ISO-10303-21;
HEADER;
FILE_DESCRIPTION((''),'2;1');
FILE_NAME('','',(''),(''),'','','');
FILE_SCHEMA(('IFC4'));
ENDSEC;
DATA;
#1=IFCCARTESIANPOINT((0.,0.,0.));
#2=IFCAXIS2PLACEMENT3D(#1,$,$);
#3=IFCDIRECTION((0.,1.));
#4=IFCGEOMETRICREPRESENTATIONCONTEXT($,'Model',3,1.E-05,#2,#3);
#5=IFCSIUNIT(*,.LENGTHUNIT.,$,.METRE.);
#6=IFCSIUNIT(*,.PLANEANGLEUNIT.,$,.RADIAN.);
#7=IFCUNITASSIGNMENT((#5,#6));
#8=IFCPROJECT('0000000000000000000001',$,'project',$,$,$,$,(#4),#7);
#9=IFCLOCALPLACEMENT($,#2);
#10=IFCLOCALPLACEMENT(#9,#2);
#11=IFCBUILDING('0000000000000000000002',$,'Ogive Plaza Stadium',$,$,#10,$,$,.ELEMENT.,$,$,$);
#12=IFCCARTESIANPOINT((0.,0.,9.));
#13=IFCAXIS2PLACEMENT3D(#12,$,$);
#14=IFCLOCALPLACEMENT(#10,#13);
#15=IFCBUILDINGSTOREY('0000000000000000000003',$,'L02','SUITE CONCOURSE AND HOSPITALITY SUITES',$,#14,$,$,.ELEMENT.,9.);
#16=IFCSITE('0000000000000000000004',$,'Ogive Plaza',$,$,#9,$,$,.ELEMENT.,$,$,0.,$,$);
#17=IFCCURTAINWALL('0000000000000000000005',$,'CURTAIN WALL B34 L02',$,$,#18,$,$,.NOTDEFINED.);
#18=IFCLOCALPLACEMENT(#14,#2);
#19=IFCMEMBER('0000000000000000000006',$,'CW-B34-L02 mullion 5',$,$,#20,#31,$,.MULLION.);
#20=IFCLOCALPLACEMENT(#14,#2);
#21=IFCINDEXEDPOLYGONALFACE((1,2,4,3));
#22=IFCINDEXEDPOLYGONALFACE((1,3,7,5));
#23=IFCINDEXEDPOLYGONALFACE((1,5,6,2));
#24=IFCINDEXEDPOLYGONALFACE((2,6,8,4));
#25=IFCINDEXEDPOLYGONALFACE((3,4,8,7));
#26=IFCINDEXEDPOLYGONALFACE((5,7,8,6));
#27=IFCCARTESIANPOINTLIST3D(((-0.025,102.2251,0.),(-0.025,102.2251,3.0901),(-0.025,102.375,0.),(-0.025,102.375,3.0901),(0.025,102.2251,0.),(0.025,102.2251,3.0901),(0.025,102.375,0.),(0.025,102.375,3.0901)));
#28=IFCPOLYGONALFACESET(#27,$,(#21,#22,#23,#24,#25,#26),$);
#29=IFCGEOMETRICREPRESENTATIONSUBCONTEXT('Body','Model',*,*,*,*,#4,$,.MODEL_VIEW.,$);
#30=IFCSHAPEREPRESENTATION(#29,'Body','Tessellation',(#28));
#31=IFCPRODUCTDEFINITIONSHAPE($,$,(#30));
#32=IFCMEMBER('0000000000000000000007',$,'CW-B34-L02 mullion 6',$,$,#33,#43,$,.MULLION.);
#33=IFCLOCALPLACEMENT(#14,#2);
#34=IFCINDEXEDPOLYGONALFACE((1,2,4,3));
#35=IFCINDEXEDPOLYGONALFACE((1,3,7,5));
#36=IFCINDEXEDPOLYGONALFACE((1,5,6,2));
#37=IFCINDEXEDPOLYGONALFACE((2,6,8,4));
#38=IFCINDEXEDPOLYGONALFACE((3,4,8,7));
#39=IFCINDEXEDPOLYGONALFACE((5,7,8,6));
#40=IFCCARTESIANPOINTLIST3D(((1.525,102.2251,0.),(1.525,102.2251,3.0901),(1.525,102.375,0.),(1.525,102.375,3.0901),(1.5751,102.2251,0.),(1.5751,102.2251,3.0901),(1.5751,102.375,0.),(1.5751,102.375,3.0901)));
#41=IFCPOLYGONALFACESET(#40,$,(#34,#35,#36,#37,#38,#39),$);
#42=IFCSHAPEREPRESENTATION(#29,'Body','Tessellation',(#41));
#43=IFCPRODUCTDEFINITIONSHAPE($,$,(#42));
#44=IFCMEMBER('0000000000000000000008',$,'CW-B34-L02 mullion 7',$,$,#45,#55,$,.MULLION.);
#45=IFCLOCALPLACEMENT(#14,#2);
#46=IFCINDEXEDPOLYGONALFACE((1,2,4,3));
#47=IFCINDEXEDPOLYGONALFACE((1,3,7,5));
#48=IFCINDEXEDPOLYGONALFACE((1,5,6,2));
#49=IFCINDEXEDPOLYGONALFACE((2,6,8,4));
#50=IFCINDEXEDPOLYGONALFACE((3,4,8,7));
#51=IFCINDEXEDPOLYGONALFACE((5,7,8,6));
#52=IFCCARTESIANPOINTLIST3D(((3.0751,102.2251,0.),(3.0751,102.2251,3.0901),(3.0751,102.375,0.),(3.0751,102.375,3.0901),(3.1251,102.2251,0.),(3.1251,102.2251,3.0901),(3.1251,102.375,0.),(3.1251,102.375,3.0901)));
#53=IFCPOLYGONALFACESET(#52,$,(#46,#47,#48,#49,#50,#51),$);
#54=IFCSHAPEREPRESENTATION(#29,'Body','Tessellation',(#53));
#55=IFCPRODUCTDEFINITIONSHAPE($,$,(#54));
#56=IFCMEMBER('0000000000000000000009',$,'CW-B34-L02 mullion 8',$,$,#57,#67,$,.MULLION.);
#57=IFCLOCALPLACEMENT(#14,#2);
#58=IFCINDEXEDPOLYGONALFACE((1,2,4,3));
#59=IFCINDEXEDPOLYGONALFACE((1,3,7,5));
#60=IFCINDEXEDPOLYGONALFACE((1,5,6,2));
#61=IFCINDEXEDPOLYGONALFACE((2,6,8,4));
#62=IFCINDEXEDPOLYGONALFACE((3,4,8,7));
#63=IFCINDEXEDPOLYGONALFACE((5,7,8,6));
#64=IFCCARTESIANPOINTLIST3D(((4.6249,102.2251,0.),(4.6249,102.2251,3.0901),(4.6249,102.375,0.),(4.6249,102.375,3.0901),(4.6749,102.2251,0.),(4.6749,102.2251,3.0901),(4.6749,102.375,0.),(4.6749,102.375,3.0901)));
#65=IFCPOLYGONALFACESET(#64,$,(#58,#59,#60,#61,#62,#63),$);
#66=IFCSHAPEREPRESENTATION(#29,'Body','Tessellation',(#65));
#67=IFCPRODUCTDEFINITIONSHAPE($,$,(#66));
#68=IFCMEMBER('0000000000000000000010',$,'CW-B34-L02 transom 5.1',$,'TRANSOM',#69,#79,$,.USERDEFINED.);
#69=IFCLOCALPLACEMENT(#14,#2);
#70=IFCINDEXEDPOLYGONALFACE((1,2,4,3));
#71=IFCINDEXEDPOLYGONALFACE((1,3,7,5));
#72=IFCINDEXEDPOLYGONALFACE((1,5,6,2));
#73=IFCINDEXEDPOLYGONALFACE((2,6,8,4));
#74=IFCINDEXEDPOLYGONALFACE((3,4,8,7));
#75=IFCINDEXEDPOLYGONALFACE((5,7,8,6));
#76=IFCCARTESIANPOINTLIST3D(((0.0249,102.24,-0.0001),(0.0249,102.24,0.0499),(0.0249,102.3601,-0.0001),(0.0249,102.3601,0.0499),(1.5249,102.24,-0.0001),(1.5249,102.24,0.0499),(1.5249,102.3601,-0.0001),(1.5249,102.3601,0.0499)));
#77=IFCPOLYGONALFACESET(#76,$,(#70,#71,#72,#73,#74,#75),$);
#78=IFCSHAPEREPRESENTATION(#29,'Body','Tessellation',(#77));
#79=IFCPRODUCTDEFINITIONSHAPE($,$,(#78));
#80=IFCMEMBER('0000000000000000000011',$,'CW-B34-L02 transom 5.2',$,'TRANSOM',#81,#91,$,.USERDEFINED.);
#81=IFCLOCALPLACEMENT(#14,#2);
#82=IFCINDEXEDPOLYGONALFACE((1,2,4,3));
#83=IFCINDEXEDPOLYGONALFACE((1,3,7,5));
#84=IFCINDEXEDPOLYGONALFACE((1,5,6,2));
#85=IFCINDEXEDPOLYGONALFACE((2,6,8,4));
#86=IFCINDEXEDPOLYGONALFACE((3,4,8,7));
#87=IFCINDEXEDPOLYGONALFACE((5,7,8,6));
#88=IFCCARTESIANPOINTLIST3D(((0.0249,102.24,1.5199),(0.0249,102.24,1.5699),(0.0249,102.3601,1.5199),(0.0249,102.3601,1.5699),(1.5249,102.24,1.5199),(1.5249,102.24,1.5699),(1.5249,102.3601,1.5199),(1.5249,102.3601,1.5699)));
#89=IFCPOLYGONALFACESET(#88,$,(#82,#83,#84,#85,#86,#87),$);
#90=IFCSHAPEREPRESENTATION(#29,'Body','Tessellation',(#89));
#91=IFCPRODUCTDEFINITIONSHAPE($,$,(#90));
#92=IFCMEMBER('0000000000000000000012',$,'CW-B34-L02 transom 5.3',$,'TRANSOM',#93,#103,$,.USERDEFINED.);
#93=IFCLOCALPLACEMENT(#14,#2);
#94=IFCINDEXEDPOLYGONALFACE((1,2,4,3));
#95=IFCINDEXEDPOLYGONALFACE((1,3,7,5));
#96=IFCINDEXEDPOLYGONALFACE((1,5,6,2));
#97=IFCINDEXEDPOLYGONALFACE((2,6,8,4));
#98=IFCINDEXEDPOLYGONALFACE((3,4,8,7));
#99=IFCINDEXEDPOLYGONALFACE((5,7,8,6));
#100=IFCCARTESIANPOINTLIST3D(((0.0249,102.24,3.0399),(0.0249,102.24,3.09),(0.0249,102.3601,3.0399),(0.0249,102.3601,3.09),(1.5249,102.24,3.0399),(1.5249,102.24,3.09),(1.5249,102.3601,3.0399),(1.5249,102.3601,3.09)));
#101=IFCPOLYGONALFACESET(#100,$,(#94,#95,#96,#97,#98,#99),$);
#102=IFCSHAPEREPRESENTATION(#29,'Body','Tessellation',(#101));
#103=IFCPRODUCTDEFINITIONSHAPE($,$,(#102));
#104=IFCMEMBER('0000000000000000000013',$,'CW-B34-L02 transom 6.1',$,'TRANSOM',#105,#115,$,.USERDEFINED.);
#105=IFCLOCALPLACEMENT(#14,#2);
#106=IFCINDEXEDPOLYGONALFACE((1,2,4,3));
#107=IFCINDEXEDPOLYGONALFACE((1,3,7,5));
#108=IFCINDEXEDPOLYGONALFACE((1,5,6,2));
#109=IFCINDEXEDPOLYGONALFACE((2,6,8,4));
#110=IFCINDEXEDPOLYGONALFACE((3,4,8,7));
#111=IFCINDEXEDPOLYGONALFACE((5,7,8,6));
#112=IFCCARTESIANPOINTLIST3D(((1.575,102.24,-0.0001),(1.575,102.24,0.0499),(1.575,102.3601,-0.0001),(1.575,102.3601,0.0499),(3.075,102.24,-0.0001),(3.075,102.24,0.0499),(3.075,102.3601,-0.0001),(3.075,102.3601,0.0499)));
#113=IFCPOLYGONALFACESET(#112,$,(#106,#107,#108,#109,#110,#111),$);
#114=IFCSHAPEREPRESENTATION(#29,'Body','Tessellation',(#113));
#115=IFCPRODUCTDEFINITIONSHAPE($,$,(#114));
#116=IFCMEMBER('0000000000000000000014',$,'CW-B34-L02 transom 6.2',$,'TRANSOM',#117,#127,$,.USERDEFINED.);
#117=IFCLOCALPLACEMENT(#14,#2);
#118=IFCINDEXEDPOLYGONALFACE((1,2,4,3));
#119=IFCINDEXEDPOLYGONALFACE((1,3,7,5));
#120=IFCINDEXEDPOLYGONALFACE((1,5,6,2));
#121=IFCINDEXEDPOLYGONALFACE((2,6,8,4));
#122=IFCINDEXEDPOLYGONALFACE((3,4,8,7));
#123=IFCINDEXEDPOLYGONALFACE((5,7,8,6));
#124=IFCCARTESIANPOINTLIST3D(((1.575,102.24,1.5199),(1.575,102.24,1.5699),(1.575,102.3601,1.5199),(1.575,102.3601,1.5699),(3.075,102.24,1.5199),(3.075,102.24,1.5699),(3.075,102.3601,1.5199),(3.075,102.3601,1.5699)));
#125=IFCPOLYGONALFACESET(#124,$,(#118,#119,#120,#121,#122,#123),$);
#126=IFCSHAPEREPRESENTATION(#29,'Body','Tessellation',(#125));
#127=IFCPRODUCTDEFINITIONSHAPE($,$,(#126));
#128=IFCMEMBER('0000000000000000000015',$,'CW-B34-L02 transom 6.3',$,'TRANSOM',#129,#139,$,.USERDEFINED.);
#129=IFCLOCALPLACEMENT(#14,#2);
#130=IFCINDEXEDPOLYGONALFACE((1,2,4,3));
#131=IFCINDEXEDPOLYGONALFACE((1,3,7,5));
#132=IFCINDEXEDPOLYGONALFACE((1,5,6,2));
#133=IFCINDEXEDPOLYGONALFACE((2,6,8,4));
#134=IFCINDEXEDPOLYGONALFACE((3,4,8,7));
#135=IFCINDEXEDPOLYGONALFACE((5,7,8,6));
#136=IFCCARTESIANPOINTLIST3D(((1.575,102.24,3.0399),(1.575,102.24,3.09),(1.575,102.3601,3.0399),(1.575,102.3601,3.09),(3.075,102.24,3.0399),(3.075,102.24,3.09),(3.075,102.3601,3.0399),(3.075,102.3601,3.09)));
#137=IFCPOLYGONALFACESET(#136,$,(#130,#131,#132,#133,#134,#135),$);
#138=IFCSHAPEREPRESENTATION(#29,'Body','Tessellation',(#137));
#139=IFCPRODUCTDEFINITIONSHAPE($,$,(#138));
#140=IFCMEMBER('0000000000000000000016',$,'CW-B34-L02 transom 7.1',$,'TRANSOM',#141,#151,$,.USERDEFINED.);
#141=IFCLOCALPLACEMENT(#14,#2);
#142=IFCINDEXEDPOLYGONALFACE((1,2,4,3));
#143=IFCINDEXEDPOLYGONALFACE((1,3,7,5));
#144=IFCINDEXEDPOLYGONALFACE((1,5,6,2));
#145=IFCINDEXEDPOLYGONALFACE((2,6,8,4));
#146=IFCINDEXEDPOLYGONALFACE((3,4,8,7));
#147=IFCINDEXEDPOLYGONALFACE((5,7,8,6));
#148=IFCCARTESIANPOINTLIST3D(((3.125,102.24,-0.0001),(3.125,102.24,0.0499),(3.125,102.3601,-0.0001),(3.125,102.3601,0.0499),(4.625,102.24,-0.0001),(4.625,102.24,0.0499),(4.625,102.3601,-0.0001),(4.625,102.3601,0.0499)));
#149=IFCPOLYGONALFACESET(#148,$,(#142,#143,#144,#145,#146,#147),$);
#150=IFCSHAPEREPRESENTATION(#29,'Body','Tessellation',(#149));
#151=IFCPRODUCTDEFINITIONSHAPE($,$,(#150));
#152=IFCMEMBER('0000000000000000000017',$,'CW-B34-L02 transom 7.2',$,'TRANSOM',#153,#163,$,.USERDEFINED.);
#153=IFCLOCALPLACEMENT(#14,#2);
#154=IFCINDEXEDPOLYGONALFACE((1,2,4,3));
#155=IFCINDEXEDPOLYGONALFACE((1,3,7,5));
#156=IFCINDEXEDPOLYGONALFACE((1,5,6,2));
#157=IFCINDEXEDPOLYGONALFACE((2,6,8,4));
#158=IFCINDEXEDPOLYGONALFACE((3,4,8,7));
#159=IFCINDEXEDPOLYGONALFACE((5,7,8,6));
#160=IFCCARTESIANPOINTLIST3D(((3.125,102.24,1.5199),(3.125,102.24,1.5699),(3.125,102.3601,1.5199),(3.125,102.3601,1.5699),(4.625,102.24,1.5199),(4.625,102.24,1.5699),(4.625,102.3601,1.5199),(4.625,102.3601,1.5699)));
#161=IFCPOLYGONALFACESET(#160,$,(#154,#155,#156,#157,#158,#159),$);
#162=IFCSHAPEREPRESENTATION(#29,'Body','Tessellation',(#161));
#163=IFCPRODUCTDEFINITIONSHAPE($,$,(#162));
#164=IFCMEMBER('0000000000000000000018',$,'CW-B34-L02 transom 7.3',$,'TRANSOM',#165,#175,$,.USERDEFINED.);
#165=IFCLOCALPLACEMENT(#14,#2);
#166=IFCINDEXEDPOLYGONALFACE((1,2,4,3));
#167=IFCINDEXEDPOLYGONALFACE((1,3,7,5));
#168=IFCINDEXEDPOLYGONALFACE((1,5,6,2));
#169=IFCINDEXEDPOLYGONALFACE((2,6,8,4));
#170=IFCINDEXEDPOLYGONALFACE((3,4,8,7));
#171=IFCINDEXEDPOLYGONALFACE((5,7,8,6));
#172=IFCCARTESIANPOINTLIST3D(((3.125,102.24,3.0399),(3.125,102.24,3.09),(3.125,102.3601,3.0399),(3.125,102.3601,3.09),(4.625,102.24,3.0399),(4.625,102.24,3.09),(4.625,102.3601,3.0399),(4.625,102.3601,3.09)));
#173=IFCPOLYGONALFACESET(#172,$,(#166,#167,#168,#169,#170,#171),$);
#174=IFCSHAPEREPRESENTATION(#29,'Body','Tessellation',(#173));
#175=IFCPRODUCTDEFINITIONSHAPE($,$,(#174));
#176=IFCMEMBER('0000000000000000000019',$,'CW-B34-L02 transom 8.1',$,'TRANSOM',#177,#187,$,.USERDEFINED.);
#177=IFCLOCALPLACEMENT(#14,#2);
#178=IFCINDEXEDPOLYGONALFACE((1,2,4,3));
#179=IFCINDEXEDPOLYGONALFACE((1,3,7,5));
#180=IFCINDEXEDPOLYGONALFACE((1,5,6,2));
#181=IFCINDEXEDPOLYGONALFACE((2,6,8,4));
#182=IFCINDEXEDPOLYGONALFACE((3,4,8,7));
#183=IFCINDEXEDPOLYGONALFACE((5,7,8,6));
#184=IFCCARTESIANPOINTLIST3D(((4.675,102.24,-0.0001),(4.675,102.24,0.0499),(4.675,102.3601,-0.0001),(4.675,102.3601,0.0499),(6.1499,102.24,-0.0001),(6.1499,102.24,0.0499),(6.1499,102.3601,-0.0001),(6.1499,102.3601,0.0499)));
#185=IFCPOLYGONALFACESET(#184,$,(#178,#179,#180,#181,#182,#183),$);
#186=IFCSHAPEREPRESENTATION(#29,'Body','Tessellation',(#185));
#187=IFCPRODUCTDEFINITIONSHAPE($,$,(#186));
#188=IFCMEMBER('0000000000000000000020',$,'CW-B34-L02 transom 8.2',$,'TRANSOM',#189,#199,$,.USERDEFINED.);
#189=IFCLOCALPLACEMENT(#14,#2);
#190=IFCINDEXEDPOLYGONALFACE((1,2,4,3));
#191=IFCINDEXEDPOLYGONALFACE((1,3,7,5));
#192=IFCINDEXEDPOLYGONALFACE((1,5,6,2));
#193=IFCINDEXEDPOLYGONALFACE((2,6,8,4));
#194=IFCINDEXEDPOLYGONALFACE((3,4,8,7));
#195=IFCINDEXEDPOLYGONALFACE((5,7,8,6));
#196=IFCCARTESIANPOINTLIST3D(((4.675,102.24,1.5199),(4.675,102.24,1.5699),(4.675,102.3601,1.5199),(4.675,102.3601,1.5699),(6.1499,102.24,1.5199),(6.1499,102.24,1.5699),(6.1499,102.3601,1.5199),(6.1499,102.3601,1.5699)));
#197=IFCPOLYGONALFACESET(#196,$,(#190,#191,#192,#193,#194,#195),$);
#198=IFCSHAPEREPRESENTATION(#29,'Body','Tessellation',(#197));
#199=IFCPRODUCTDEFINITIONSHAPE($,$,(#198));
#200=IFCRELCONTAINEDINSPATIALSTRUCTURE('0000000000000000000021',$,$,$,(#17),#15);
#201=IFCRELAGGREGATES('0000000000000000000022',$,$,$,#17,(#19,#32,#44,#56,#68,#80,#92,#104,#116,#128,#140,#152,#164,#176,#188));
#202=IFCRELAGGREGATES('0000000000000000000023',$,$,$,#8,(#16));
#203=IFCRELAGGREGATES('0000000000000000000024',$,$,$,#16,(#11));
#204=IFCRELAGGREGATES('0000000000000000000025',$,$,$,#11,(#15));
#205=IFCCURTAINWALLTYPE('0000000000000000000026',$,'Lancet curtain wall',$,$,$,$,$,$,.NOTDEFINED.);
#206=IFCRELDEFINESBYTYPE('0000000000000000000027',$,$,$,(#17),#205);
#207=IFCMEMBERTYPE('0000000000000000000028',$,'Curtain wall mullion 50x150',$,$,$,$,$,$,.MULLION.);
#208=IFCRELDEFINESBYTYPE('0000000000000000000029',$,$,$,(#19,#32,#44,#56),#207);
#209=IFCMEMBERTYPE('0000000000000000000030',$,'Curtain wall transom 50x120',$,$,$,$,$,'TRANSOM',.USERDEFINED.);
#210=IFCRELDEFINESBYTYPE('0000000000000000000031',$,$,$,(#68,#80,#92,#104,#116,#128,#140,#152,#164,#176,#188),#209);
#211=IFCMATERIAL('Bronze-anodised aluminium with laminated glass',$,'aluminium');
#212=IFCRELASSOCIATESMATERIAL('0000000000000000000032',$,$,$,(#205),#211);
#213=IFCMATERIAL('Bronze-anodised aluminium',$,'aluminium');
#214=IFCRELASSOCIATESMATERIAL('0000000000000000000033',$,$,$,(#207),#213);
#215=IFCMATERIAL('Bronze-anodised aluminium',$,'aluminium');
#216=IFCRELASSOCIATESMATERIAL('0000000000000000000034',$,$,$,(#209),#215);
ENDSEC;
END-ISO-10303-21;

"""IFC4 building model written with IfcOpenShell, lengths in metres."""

from ifc_helpers import new_model, si_unit, direction, frame, origin, origin_2d, place, context, subcontext, project, spatial, rectangle, extrude, material, material_profile, profile_set, type_object, element, aggregate, save


model = new_model("IFC4")

# Units and contexts
model_context = context("Model", 3, precision=1e-05, world=origin(), true_north=direction((0.0, 1.0)))
body_context = subcontext(model_context, "Body", "Model", "MODEL_VIEW")
ifc_project = project(units=[si_unit("LENGTHUNIT", "METRE"), si_unit("PLANEANGLEUNIT", "RADIAN")], contexts=[model_context])

# Site, building, storey
site_placement = place(None, origin())
site = spatial("IfcSite", under=ifc_project, at=site_placement, Name="Ogive Plaza", CompositionType="ELEMENT", RefElevation=0.0)
building_placement = place(site_placement, origin())
building = spatial("IfcBuilding", under=site, at=building_placement, Name="Ogive Plaza Stadium", CompositionType="ELEMENT")
storey_placement = place(building_placement, frame((0.0, 0.0, 9.0)))
storey = spatial("IfcBuildingStorey", under=building, at=storey_placement, Name="L02", Description="SUITE CONCOURSE AND HOSPITALITY SUITES", CompositionType="ELEMENT", Elevation=9.0)

# Curtain wall, members
ifc_material_1 = material(Name="Bronze-anodised aluminium with laminated glass", Category="aluminium")
curtain_wall_type = type_object("IfcCurtainWallType", Name="Lancet curtain wall", PredefinedType="NOTDEFINED", material=ifc_material_1)
curtain_wall_placement = place(storey_placement, origin())
curtain_wall = element("IfcCurtainWall", 1, at=curtain_wall_placement, inside=storey, type_object=curtain_wall_type, Name="CURTAIN WALL B34 L02", PredefinedType="NOTDEFINED")
ifc_material_2 = material(Name="Bronze-anodised aluminium", Category="aluminium")
ifc_material_profile_1 = material_profile(ifc_material_2, rectangle(XDim=0.1499, YDim=0.05, at=origin_2d()), Name="AL 150x50")
ifc_profile_set_1 = profile_set([ifc_material_profile_1], Name="Bronze-anodised aluminium")
member_type_1 = type_object("IfcMemberType", Name="Curtain wall mullion 50x150", PredefinedType="MULLION", material=ifc_profile_set_1)
member_1_placement = place(storey_placement, frame((0.0, 102.3, 0.0), z_axis=(0.0, 0.0, 1.0), x_axis=(0.0, 1.0, 0.0)))
member_1 = element("IfcMember", 2, at=member_1_placement, type_object=member_type_1, Name="CW-B34-L02 mullion 5", PredefinedType="MULLION", context=body_context, shape_type="SweptSolid", body=[
    extrude(rectangle(XDim=0.1499, YDim=0.05, at=origin_2d()), origin(), (0.0, 0.0, 1.0), 3.0901),
])
member_2_placement = place(storey_placement, frame((1.55, 102.3, 0.0), z_axis=(0.0, 0.0, 1.0), x_axis=(0.0, 1.0, 0.0)))
member_2 = element("IfcMember", 3, at=member_2_placement, type_object=member_type_1, Name="CW-B34-L02 mullion 6", PredefinedType="MULLION", context=body_context, shape_type="SweptSolid", body=[
    extrude(rectangle(XDim=0.1499, YDim=0.05, at=origin_2d()), origin(), (0.0, 0.0, 1.0), 3.0901),
])
member_3_placement = place(storey_placement, frame((3.1001, 102.3, 0.0), z_axis=(0.0, 0.0, 1.0), x_axis=(0.0, 1.0, 0.0)))
member_3 = element("IfcMember", 4, at=member_3_placement, type_object=member_type_1, Name="CW-B34-L02 mullion 7", PredefinedType="MULLION", context=body_context, shape_type="SweptSolid", body=[
    extrude(rectangle(XDim=0.1499, YDim=0.05, at=origin_2d()), origin(), (0.0, 0.0, 1.0), 3.0901),
])
member_4_placement = place(storey_placement, frame((4.6499, 102.3, 0.0), z_axis=(0.0, 0.0, 1.0), x_axis=(0.0, 1.0, 0.0)))
member_4 = element("IfcMember", 5, at=member_4_placement, type_object=member_type_1, Name="CW-B34-L02 mullion 8", PredefinedType="MULLION", context=body_context, shape_type="SweptSolid", body=[
    extrude(rectangle(XDim=0.1499, YDim=0.05, at=origin_2d()), origin(), (0.0, 0.0, 1.0), 3.0901),
])
ifc_material_3 = material(Name="Bronze-anodised aluminium", Category="aluminium")
ifc_material_profile_2 = material_profile(ifc_material_3, rectangle(XDim=0.1201, YDim=0.05, at=origin_2d()), Name="AL 120x50")
ifc_profile_set_2 = profile_set([ifc_material_profile_2], Name="Bronze-anodised aluminium")
member_type_2 = type_object("IfcMemberType", Name="Curtain wall transom 50x120", ElementType="TRANSOM", PredefinedType="USERDEFINED", material=ifc_profile_set_2)
member_5_placement = place(storey_placement, frame((0.0249, 102.3, 0.0249), z_axis=(1.0, 0.0, 0.0), x_axis=(0.0, 1.0, 0.0)))
member_5 = element("IfcMember", 6, at=member_5_placement, type_object=member_type_2, Name="CW-B34-L02 transom 5.1", ObjectType="TRANSOM", PredefinedType="USERDEFINED", context=body_context, shape_type="SweptSolid", body=[
    extrude(rectangle(XDim=0.1201, YDim=0.05, at=origin_2d()), origin(), (0.0, 0.0, 1.0), 1.5),
])
member_6_placement = place(storey_placement, frame((0.0249, 102.3, 1.5449), z_axis=(1.0, 0.0, 0.0), x_axis=(0.0, 1.0, 0.0)))
member_6 = element("IfcMember", 7, at=member_6_placement, type_object=member_type_2, Name="CW-B34-L02 transom 5.2", ObjectType="TRANSOM", PredefinedType="USERDEFINED", context=body_context, shape_type="SweptSolid", body=[
    extrude(rectangle(XDim=0.1201, YDim=0.05, at=origin_2d()), origin(), (0.0, 0.0, 1.0), 1.5),
])
member_7_placement = place(storey_placement, frame((0.0249, 102.3, 3.0649), z_axis=(1.0, 0.0, 0.0), x_axis=(0.0, 1.0, 0.0)))
member_7 = element("IfcMember", 8, at=member_7_placement, type_object=member_type_2, Name="CW-B34-L02 transom 5.3", ObjectType="TRANSOM", PredefinedType="USERDEFINED", context=body_context, shape_type="SweptSolid", body=[
    extrude(rectangle(XDim=0.1201, YDim=0.05, at=origin_2d()), origin(), (0.0, 0.0, 1.0), 1.5),
])
member_8_placement = place(storey_placement, frame((1.575, 102.3, 0.0249), z_axis=(1.0, 0.0, 0.0), x_axis=(0.0, 1.0, 0.0)))
member_8 = element("IfcMember", 9, at=member_8_placement, type_object=member_type_2, Name="CW-B34-L02 transom 6.1", ObjectType="TRANSOM", PredefinedType="USERDEFINED", context=body_context, shape_type="SweptSolid", body=[
    extrude(rectangle(XDim=0.1201, YDim=0.05, at=origin_2d()), origin(), (0.0, 0.0, 1.0), 1.5),
])
member_9_placement = place(storey_placement, frame((1.575, 102.3, 1.5449), z_axis=(1.0, 0.0, 0.0), x_axis=(0.0, 1.0, 0.0)))
member_9 = element("IfcMember", 10, at=member_9_placement, type_object=member_type_2, Name="CW-B34-L02 transom 6.2", ObjectType="TRANSOM", PredefinedType="USERDEFINED", context=body_context, shape_type="SweptSolid", body=[
    extrude(rectangle(XDim=0.1201, YDim=0.05, at=origin_2d()), origin(), (0.0, 0.0, 1.0), 1.5),
])
member_10_placement = place(storey_placement, frame((1.575, 102.3, 3.0649), z_axis=(1.0, 0.0, 0.0), x_axis=(0.0, 1.0, 0.0)))
member_10 = element("IfcMember", 11, at=member_10_placement, type_object=member_type_2, Name="CW-B34-L02 transom 6.3", ObjectType="TRANSOM", PredefinedType="USERDEFINED", context=body_context, shape_type="SweptSolid", body=[
    extrude(rectangle(XDim=0.1201, YDim=0.05, at=origin_2d()), origin(), (0.0, 0.0, 1.0), 1.5),
])
member_11_placement = place(storey_placement, frame((3.125, 102.3, 0.0249), z_axis=(1.0, 0.0, 0.0), x_axis=(0.0, 1.0, 0.0)))
member_11 = element("IfcMember", 12, at=member_11_placement, type_object=member_type_2, Name="CW-B34-L02 transom 7.1", ObjectType="TRANSOM", PredefinedType="USERDEFINED", context=body_context, shape_type="SweptSolid", body=[
    extrude(rectangle(XDim=0.1201, YDim=0.05, at=origin_2d()), origin(), (0.0, 0.0, 1.0), 1.5),
])
member_12_placement = place(storey_placement, frame((3.125, 102.3, 1.5449), z_axis=(1.0, 0.0, 0.0), x_axis=(0.0, 1.0, 0.0)))
member_12 = element("IfcMember", 13, at=member_12_placement, type_object=member_type_2, Name="CW-B34-L02 transom 7.2", ObjectType="TRANSOM", PredefinedType="USERDEFINED", context=body_context, shape_type="SweptSolid", body=[
    extrude(rectangle(XDim=0.1201, YDim=0.05, at=origin_2d()), origin(), (0.0, 0.0, 1.0), 1.5),
])
member_13_placement = place(storey_placement, frame((3.125, 102.3, 3.0649), z_axis=(1.0, 0.0, 0.0), x_axis=(0.0, 1.0, 0.0)))
member_13 = element("IfcMember", 14, at=member_13_placement, type_object=member_type_2, Name="CW-B34-L02 transom 7.3", ObjectType="TRANSOM", PredefinedType="USERDEFINED", context=body_context, shape_type="SweptSolid", body=[
    extrude(rectangle(XDim=0.1201, YDim=0.05, at=origin_2d()), origin(), (0.0, 0.0, 1.0), 1.5),
])
member_14_placement = place(storey_placement, frame((4.675, 102.3, 0.0249), z_axis=(1.0, 0.0, 0.0), x_axis=(0.0, 1.0, 0.0)))
member_14 = element("IfcMember", 15, at=member_14_placement, type_object=member_type_2, Name="CW-B34-L02 transom 8.1", ObjectType="TRANSOM", PredefinedType="USERDEFINED", context=body_context, shape_type="SweptSolid", body=[
    extrude(rectangle(XDim=0.1201, YDim=0.05, at=origin_2d()), origin(), (0.0, 0.0, 1.0), 1.4749),
])
member_15_placement = place(storey_placement, frame((4.675, 102.3, 1.5449), z_axis=(1.0, 0.0, 0.0), x_axis=(0.0, 1.0, 0.0)))
member_15 = element("IfcMember", 16, at=member_15_placement, type_object=member_type_2, Name="CW-B34-L02 transom 8.2", ObjectType="TRANSOM", PredefinedType="USERDEFINED", context=body_context, shape_type="SweptSolid", body=[
    extrude(rectangle(XDim=0.1201, YDim=0.05, at=origin_2d()), origin(), (0.0, 0.0, 1.0), 1.4749),
])
aggregate(curtain_wall, [member_1, member_2, member_3, member_4, member_5, member_6, member_7, member_8, member_9, member_10, member_11, member_12, member_13, member_14, member_15])

save(model, "model.ifc")
